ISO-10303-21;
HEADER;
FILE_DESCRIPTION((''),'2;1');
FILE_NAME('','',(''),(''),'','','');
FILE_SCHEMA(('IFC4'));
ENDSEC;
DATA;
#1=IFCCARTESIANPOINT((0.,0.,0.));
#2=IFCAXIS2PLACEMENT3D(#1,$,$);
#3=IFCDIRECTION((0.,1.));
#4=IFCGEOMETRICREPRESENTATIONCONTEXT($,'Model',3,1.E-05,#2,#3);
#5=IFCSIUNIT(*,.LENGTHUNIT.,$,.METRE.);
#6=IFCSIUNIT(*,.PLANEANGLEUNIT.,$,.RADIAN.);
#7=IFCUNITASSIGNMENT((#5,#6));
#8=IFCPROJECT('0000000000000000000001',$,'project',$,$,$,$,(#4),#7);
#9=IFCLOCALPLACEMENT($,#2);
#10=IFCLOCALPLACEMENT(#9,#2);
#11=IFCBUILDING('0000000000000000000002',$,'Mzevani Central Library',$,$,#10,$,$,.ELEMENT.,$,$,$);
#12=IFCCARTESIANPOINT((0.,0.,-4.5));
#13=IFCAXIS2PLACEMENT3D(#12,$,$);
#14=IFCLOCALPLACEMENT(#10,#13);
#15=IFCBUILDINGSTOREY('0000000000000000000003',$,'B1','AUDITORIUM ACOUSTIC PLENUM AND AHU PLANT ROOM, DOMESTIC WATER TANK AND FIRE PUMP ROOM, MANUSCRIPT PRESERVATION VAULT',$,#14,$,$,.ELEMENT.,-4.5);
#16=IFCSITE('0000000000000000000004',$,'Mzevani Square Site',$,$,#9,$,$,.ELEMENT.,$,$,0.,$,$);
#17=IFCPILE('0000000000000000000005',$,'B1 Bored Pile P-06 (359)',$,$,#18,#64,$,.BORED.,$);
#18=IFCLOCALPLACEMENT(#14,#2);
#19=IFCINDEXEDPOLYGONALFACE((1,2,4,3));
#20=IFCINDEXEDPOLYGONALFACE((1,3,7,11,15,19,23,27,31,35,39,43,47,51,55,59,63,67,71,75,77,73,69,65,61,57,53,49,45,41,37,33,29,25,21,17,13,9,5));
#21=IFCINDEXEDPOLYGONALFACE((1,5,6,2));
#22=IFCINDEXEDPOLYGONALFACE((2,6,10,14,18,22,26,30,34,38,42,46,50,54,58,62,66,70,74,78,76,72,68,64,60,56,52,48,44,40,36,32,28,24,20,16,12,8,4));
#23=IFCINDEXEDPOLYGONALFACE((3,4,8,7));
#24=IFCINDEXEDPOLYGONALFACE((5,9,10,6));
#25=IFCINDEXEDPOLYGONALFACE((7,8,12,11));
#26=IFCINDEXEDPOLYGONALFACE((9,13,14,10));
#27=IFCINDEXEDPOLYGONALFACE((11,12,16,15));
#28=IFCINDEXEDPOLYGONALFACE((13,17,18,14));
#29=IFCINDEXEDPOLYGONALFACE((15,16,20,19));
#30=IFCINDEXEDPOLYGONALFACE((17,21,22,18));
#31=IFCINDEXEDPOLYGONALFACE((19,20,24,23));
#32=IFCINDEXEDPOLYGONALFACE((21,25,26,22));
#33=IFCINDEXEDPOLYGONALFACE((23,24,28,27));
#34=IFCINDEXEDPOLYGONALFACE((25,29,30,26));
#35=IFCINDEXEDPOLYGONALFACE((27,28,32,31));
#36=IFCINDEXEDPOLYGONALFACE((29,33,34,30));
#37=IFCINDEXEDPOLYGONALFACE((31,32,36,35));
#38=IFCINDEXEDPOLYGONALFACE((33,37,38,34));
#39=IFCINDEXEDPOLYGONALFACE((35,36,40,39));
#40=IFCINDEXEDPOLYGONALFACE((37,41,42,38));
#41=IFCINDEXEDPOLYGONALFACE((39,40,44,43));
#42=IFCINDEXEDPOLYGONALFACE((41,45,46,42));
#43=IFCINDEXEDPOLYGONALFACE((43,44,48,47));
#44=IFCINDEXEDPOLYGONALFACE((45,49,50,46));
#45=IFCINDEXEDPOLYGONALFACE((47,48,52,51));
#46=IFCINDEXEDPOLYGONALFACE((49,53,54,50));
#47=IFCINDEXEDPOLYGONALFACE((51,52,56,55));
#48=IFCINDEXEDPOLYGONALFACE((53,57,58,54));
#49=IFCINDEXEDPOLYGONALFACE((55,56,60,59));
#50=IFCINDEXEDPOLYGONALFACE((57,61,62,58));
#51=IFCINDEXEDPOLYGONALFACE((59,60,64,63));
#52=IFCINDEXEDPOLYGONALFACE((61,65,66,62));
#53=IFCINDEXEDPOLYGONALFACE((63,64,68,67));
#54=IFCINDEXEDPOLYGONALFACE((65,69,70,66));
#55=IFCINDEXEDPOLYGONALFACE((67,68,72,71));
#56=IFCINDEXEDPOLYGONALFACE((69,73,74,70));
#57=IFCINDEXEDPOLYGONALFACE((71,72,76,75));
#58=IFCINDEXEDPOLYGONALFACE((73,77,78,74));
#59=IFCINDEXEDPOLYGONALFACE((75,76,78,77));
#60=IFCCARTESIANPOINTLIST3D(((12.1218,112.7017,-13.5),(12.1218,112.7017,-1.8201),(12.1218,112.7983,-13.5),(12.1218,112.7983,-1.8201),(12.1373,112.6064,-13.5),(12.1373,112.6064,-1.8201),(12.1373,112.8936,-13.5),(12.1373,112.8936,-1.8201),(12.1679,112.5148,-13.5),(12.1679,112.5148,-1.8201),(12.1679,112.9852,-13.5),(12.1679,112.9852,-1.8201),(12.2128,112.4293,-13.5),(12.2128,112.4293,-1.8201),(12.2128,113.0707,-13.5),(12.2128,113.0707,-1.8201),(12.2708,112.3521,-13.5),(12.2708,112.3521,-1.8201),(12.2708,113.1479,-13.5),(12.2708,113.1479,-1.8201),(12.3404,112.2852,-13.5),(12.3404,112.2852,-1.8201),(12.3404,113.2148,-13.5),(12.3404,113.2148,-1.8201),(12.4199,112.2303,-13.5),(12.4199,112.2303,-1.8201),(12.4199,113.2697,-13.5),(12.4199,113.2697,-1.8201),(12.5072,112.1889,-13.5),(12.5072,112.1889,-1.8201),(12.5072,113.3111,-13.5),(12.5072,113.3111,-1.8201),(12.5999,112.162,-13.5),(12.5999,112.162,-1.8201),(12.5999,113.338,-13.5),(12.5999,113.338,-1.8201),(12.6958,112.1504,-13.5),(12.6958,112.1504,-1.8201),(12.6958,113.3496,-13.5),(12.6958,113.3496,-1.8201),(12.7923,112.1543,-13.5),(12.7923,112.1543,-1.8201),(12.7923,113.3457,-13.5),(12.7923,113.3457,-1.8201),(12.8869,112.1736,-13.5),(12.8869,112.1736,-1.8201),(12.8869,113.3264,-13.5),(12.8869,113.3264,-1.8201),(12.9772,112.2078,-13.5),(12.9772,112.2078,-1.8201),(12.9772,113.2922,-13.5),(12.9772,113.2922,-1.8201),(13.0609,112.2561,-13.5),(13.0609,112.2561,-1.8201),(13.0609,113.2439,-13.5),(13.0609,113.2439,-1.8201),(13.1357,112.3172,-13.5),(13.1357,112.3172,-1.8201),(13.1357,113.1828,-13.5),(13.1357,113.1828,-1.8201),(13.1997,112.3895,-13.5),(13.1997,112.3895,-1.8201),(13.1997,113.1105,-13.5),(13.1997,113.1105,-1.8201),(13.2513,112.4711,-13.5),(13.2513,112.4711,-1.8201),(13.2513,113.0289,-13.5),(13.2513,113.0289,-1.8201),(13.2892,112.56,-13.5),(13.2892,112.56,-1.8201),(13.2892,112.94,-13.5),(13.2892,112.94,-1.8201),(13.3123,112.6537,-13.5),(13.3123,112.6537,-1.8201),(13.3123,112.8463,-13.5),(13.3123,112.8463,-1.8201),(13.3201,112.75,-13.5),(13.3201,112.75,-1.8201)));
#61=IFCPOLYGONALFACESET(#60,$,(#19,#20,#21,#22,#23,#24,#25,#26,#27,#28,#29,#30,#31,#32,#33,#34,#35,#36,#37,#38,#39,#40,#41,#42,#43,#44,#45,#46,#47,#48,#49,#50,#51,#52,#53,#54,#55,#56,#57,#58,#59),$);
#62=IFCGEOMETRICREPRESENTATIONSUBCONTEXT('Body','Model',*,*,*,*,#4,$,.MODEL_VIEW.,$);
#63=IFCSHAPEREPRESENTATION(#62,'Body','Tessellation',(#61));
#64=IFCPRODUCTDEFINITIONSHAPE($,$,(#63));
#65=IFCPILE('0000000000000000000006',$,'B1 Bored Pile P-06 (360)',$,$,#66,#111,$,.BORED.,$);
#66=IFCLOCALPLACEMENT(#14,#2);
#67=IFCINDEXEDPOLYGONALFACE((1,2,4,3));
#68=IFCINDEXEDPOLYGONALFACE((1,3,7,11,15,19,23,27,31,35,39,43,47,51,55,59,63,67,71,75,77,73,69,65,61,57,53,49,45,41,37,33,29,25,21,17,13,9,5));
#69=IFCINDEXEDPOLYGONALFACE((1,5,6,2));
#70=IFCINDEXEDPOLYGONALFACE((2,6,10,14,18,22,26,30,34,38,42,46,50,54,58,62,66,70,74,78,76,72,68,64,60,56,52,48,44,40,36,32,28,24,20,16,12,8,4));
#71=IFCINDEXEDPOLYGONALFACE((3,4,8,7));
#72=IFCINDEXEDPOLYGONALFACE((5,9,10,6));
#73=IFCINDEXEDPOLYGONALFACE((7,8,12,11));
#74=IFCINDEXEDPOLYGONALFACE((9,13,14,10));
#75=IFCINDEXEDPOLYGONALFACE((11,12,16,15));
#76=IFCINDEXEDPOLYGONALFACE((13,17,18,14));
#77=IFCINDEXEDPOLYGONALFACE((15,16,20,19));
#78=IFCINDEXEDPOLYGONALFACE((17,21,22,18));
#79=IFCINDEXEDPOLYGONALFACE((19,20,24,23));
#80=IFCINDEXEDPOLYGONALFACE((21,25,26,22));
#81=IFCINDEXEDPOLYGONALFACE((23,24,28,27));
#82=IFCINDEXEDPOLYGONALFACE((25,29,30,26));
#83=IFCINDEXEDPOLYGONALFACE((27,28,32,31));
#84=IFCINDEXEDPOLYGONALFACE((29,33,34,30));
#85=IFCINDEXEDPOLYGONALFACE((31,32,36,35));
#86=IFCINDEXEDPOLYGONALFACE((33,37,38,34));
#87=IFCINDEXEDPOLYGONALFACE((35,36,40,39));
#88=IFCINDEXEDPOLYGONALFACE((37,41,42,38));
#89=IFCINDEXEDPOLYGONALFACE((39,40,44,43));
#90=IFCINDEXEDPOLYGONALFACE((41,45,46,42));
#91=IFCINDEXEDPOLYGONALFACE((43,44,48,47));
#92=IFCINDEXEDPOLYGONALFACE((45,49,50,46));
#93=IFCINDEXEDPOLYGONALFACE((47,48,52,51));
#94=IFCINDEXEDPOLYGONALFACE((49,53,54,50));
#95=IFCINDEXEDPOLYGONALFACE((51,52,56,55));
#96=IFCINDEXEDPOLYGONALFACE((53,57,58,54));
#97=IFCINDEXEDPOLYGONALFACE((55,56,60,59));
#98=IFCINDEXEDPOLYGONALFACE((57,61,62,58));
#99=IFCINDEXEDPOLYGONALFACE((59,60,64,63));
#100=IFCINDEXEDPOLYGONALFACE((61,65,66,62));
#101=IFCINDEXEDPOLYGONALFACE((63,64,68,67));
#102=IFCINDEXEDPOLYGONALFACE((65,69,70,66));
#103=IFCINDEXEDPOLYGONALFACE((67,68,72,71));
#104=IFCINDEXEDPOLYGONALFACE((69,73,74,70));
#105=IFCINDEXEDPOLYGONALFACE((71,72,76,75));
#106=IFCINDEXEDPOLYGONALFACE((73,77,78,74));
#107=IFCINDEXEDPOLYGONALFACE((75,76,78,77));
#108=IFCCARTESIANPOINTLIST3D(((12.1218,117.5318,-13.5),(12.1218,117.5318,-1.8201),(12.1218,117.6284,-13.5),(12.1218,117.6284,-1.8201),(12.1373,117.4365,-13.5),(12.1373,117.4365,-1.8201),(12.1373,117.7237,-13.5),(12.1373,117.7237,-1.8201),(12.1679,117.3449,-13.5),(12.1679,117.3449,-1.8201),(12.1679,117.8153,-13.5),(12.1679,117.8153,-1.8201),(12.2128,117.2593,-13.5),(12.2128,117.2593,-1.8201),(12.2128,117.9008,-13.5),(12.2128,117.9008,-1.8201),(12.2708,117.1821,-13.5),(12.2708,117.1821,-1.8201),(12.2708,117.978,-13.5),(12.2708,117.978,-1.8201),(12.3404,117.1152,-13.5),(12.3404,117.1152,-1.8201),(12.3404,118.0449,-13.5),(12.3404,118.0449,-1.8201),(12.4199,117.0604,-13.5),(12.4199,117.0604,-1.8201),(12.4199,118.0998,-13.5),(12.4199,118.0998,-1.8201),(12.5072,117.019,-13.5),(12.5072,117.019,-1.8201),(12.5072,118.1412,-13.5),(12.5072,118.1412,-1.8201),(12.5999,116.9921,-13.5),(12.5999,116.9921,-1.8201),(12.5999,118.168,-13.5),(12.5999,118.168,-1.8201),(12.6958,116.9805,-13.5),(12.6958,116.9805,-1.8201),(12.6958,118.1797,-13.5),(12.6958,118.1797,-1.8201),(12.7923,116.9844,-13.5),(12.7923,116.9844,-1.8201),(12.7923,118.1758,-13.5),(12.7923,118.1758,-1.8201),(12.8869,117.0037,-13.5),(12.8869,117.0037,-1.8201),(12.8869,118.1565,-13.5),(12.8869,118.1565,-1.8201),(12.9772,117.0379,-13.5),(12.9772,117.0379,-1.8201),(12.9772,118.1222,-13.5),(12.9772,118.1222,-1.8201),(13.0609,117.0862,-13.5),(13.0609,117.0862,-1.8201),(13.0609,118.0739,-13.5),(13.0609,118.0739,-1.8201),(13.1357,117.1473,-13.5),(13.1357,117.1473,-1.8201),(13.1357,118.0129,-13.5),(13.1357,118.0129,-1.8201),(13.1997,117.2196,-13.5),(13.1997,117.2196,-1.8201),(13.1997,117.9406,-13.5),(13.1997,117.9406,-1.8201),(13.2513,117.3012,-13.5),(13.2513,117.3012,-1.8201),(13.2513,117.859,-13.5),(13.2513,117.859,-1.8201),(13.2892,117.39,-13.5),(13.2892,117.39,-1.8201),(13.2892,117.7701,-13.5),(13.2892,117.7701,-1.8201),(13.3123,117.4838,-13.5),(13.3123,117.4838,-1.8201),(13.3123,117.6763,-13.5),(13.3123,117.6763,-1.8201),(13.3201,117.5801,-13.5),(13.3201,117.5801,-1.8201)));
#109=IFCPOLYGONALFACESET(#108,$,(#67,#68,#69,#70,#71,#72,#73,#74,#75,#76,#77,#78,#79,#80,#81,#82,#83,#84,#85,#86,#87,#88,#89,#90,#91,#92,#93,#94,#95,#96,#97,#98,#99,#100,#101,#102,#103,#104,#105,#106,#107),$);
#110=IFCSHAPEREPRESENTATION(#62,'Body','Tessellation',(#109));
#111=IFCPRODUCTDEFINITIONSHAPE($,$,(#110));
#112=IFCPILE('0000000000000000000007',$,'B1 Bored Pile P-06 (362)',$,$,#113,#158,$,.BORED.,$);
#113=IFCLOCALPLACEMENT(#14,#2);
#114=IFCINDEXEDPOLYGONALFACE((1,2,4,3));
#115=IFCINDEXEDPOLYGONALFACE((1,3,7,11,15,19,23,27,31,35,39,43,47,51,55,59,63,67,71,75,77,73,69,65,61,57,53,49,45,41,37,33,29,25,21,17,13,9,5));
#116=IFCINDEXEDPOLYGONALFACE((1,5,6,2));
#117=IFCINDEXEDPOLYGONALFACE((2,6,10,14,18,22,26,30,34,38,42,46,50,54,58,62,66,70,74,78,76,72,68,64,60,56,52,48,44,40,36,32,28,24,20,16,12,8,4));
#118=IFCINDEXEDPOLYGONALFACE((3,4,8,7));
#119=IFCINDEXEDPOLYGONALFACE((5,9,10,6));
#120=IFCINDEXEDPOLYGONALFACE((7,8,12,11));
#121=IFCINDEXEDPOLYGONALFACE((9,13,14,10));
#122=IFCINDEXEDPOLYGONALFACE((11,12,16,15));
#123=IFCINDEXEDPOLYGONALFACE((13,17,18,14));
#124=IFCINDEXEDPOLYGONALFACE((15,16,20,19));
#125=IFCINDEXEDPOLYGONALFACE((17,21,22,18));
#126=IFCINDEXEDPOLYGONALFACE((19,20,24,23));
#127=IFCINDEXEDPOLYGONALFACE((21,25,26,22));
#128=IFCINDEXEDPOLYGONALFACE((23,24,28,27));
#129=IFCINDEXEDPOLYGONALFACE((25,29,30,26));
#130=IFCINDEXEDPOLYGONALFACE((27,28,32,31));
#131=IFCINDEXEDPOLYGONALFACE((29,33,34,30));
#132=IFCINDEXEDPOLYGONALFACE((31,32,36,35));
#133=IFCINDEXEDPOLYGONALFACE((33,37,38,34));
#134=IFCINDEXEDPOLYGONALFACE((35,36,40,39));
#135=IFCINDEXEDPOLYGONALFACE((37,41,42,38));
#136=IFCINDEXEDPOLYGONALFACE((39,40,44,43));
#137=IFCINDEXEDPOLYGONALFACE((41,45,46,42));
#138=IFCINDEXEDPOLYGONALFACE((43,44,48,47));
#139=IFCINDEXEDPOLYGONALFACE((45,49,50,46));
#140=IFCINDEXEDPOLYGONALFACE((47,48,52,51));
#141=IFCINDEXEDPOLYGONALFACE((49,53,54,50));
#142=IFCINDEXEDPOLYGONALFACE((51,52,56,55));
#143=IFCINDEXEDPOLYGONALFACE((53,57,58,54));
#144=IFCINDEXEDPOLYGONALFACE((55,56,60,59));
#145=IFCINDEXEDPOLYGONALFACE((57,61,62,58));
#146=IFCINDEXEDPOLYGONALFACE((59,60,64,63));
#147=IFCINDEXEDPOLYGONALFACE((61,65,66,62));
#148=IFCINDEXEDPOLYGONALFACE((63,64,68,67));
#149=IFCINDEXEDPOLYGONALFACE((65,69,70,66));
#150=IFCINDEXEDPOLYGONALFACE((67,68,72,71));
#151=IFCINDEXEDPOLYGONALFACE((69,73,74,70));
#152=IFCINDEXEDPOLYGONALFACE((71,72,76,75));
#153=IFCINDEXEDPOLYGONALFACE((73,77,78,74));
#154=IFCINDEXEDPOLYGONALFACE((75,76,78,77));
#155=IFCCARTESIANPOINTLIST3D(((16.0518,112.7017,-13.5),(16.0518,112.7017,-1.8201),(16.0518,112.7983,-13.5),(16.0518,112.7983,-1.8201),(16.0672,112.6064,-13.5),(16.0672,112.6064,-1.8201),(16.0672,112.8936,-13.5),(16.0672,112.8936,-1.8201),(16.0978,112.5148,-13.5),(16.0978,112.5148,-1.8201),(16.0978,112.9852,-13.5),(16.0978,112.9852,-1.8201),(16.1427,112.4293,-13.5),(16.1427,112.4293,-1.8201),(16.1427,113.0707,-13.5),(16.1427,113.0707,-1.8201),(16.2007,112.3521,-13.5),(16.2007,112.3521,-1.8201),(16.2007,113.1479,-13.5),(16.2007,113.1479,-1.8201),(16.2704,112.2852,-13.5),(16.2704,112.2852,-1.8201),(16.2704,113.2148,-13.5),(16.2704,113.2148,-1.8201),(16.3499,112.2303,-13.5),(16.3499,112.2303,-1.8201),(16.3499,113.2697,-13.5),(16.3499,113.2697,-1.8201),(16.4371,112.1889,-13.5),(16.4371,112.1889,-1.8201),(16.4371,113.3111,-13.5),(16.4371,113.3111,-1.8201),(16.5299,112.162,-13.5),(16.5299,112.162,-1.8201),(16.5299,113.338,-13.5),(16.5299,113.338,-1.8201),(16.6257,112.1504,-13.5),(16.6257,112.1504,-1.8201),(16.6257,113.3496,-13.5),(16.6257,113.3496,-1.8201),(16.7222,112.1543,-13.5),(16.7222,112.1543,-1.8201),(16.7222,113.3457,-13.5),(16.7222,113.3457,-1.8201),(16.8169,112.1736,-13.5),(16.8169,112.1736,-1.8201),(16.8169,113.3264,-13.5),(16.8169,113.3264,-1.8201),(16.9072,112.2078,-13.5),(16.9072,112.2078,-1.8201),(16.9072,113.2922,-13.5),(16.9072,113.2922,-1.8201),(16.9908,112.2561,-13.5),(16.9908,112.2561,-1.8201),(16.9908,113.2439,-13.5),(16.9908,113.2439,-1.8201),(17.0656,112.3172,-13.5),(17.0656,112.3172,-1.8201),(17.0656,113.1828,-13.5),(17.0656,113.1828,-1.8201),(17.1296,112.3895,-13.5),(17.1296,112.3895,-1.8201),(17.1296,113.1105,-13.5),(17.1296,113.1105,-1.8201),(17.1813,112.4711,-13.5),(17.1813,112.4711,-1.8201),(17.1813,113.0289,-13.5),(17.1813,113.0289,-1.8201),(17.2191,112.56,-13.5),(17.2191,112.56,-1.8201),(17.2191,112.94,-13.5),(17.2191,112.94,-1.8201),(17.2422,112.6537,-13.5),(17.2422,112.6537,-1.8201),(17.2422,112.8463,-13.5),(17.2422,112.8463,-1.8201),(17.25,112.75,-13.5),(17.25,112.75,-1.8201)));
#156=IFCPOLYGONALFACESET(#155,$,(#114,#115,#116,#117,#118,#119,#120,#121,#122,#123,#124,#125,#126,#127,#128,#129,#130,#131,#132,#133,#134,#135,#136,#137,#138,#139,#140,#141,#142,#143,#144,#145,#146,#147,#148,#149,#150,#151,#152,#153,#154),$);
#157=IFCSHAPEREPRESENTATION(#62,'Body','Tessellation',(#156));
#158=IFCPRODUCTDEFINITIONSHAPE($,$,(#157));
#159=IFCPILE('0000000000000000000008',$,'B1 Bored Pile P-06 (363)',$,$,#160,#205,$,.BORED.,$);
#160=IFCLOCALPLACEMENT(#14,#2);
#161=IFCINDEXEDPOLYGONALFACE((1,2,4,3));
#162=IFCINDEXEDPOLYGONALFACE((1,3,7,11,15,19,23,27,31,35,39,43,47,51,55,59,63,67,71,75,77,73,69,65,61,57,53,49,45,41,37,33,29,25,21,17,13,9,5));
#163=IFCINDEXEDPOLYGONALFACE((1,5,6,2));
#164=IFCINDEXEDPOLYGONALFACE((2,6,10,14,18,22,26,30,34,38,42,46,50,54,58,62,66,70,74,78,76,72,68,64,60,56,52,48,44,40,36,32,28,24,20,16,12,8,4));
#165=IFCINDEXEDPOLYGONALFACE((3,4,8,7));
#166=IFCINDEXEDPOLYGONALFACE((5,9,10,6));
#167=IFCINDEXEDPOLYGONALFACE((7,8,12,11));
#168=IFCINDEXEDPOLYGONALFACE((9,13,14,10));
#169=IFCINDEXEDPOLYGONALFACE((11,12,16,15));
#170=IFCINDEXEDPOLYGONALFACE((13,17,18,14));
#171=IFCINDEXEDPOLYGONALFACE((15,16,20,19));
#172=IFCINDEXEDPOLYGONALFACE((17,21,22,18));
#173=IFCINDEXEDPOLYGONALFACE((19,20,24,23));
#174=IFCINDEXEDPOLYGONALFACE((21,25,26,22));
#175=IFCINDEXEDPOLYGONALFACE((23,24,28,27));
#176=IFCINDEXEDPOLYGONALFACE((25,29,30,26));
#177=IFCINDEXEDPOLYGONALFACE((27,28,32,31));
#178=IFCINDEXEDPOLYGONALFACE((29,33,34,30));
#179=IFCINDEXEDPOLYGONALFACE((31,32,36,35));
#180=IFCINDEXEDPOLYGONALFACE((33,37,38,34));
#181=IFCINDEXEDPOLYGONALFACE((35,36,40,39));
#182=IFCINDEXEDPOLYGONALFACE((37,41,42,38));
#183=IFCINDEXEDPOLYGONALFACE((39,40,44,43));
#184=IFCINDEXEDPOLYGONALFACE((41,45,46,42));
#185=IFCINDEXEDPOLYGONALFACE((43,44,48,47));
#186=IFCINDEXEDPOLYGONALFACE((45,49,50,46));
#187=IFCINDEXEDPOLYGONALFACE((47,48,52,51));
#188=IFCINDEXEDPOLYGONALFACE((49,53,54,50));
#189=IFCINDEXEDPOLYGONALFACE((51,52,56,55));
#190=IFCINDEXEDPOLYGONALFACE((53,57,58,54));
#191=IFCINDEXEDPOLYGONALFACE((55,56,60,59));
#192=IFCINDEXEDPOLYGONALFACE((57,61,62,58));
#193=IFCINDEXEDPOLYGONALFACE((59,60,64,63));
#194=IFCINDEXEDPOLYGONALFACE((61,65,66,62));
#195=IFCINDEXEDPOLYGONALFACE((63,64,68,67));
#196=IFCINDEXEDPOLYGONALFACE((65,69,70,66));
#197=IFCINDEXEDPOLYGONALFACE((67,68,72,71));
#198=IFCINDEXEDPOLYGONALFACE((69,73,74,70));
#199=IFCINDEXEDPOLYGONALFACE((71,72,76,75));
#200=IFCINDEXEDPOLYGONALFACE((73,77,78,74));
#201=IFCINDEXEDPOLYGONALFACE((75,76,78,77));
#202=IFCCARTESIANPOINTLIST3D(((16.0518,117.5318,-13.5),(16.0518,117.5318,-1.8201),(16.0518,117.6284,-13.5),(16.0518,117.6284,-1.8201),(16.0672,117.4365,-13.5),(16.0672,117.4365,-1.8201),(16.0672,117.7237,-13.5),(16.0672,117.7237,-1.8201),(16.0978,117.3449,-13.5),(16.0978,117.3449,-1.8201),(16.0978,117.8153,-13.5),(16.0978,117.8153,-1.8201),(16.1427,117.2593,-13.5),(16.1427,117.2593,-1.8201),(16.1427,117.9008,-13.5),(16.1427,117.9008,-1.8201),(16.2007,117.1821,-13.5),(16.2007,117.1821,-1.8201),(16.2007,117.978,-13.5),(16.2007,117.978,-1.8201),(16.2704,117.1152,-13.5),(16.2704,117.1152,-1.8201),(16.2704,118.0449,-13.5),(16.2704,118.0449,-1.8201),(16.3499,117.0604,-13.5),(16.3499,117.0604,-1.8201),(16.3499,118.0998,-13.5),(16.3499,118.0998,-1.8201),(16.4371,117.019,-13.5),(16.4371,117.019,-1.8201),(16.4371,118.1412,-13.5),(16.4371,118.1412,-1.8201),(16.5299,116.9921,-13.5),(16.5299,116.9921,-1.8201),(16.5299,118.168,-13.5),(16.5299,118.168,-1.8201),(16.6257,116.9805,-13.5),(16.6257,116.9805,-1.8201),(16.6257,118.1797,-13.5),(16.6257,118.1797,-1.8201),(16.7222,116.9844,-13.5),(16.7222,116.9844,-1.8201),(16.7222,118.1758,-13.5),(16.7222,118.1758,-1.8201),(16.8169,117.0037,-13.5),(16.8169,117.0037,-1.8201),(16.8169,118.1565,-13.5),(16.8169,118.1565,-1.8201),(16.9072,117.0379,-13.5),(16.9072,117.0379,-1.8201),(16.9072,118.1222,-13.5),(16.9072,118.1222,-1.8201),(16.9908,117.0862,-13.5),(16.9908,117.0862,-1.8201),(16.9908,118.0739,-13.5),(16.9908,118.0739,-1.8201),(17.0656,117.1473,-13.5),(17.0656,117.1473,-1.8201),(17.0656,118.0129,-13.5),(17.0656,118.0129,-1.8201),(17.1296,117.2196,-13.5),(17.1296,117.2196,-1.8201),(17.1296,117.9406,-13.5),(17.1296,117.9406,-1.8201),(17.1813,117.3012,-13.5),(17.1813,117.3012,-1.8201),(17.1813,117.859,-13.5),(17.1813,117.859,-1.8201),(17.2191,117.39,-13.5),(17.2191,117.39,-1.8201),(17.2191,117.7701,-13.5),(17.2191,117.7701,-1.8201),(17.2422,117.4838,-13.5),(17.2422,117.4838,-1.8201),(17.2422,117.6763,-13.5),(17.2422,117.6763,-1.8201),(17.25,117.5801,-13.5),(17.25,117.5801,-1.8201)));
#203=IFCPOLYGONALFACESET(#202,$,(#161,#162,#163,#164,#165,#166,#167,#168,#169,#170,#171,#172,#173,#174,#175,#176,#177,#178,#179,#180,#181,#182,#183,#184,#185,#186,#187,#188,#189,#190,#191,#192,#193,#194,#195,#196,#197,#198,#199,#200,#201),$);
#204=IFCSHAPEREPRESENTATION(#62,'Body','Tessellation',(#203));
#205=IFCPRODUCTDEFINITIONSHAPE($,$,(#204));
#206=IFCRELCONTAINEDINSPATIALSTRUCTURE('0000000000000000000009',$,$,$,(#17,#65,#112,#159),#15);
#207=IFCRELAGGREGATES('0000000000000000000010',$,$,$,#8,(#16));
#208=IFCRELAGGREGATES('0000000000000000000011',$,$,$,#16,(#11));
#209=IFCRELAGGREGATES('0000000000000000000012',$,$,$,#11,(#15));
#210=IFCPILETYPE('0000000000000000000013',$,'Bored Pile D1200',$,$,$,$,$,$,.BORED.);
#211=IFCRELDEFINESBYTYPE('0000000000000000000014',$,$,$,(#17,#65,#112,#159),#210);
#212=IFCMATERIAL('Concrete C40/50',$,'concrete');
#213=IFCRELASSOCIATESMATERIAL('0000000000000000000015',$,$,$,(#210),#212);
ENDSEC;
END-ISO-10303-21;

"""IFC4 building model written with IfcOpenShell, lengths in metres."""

from ifc_helpers import new_model, si_unit, direction, frame, origin, origin_2d, place, context, subcontext, project, spatial, circle, extrude, material, material_profile, profile_set, type_object, element, save


model = new_model("IFC4")

# Units and contexts
model_context = context("Model", 3, precision=1e-05, world=origin(), true_north=direction((0.0, 1.0)))
body_context = subcontext(model_context, "Body", "Model", "MODEL_VIEW")
ifc_project = project(units=[si_unit("LENGTHUNIT", "METRE"), si_unit("PLANEANGLEUNIT", "RADIAN")], contexts=[model_context])

# Site, building, storey
site_placement = place(None, origin())
site = spatial("IfcSite", under=ifc_project, at=site_placement, Name="Mzevani Square Site", CompositionType="ELEMENT", RefElevation=0.0)
building_placement = place(site_placement, origin())
building = spatial("IfcBuilding", under=site, at=building_placement, Name="Mzevani Central Library", CompositionType="ELEMENT")
storey_placement = place(building_placement, frame((0.0, 0.0, -4.5)))
storey = spatial("IfcBuildingStorey", under=building, at=storey_placement, Name="B1", Description="AUDITORIUM ACOUSTIC PLENUM AND AHU PLANT ROOM, DOMESTIC WATER TANK AND FIRE PUMP ROOM, MANUSCRIPT PRESERVATION VAULT", CompositionType="ELEMENT", Elevation=-4.5)

# Piles
ifc_material_1 = material(Name="Concrete C40/50", Category="concrete")
ifc_material_profile_1 = material_profile(ifc_material_1, circle(Radius=0.6001, at=origin_2d()), Name="PILE D1200")
ifc_profile_set_1 = profile_set([ifc_material_profile_1], Name="Concrete C40/50")
pile_type_1 = type_object("IfcPileType", Name="Bored Pile D1200", PredefinedType="BORED", material=ifc_profile_set_1)
for number, where, z_axis, x_axis, name in (
    (1, (12.72, 112.75, -1.8201), (0.0, 0.0, -1.0), (1.0, 0.0, 0.0), "B1 Bored Pile P-06 (359)"),
    (2, (12.72, 117.5801, -1.8201), (0.0, 0.0, -1.0), (1.0, 0.0, 0.0), "B1 Bored Pile P-06 (360)"),
    (3, (16.6499, 112.75, -1.8201), (0.0, 0.0, -1.0), (1.0, 0.0, 0.0), "B1 Bored Pile P-06 (362)"),
    (4, (16.6499, 117.5801, -1.8201), (0.0, 0.0, -1.0), (1.0, 0.0, 0.0), "B1 Bored Pile P-06 (363)"),
):
    element("IfcPile", number, at=place(storey_placement, frame(where, z_axis=z_axis, x_axis=x_axis)), inside=storey, type_object=pile_type_1, Name=name, PredefinedType="BORED", context=body_context, shape_type="SweptSolid", body=[
        extrude(circle(Radius=0.6001, at=origin_2d()), origin(), (0.0, 0.0, 1.0), 11.6799),
    ])

save(model, "model.ifc")
